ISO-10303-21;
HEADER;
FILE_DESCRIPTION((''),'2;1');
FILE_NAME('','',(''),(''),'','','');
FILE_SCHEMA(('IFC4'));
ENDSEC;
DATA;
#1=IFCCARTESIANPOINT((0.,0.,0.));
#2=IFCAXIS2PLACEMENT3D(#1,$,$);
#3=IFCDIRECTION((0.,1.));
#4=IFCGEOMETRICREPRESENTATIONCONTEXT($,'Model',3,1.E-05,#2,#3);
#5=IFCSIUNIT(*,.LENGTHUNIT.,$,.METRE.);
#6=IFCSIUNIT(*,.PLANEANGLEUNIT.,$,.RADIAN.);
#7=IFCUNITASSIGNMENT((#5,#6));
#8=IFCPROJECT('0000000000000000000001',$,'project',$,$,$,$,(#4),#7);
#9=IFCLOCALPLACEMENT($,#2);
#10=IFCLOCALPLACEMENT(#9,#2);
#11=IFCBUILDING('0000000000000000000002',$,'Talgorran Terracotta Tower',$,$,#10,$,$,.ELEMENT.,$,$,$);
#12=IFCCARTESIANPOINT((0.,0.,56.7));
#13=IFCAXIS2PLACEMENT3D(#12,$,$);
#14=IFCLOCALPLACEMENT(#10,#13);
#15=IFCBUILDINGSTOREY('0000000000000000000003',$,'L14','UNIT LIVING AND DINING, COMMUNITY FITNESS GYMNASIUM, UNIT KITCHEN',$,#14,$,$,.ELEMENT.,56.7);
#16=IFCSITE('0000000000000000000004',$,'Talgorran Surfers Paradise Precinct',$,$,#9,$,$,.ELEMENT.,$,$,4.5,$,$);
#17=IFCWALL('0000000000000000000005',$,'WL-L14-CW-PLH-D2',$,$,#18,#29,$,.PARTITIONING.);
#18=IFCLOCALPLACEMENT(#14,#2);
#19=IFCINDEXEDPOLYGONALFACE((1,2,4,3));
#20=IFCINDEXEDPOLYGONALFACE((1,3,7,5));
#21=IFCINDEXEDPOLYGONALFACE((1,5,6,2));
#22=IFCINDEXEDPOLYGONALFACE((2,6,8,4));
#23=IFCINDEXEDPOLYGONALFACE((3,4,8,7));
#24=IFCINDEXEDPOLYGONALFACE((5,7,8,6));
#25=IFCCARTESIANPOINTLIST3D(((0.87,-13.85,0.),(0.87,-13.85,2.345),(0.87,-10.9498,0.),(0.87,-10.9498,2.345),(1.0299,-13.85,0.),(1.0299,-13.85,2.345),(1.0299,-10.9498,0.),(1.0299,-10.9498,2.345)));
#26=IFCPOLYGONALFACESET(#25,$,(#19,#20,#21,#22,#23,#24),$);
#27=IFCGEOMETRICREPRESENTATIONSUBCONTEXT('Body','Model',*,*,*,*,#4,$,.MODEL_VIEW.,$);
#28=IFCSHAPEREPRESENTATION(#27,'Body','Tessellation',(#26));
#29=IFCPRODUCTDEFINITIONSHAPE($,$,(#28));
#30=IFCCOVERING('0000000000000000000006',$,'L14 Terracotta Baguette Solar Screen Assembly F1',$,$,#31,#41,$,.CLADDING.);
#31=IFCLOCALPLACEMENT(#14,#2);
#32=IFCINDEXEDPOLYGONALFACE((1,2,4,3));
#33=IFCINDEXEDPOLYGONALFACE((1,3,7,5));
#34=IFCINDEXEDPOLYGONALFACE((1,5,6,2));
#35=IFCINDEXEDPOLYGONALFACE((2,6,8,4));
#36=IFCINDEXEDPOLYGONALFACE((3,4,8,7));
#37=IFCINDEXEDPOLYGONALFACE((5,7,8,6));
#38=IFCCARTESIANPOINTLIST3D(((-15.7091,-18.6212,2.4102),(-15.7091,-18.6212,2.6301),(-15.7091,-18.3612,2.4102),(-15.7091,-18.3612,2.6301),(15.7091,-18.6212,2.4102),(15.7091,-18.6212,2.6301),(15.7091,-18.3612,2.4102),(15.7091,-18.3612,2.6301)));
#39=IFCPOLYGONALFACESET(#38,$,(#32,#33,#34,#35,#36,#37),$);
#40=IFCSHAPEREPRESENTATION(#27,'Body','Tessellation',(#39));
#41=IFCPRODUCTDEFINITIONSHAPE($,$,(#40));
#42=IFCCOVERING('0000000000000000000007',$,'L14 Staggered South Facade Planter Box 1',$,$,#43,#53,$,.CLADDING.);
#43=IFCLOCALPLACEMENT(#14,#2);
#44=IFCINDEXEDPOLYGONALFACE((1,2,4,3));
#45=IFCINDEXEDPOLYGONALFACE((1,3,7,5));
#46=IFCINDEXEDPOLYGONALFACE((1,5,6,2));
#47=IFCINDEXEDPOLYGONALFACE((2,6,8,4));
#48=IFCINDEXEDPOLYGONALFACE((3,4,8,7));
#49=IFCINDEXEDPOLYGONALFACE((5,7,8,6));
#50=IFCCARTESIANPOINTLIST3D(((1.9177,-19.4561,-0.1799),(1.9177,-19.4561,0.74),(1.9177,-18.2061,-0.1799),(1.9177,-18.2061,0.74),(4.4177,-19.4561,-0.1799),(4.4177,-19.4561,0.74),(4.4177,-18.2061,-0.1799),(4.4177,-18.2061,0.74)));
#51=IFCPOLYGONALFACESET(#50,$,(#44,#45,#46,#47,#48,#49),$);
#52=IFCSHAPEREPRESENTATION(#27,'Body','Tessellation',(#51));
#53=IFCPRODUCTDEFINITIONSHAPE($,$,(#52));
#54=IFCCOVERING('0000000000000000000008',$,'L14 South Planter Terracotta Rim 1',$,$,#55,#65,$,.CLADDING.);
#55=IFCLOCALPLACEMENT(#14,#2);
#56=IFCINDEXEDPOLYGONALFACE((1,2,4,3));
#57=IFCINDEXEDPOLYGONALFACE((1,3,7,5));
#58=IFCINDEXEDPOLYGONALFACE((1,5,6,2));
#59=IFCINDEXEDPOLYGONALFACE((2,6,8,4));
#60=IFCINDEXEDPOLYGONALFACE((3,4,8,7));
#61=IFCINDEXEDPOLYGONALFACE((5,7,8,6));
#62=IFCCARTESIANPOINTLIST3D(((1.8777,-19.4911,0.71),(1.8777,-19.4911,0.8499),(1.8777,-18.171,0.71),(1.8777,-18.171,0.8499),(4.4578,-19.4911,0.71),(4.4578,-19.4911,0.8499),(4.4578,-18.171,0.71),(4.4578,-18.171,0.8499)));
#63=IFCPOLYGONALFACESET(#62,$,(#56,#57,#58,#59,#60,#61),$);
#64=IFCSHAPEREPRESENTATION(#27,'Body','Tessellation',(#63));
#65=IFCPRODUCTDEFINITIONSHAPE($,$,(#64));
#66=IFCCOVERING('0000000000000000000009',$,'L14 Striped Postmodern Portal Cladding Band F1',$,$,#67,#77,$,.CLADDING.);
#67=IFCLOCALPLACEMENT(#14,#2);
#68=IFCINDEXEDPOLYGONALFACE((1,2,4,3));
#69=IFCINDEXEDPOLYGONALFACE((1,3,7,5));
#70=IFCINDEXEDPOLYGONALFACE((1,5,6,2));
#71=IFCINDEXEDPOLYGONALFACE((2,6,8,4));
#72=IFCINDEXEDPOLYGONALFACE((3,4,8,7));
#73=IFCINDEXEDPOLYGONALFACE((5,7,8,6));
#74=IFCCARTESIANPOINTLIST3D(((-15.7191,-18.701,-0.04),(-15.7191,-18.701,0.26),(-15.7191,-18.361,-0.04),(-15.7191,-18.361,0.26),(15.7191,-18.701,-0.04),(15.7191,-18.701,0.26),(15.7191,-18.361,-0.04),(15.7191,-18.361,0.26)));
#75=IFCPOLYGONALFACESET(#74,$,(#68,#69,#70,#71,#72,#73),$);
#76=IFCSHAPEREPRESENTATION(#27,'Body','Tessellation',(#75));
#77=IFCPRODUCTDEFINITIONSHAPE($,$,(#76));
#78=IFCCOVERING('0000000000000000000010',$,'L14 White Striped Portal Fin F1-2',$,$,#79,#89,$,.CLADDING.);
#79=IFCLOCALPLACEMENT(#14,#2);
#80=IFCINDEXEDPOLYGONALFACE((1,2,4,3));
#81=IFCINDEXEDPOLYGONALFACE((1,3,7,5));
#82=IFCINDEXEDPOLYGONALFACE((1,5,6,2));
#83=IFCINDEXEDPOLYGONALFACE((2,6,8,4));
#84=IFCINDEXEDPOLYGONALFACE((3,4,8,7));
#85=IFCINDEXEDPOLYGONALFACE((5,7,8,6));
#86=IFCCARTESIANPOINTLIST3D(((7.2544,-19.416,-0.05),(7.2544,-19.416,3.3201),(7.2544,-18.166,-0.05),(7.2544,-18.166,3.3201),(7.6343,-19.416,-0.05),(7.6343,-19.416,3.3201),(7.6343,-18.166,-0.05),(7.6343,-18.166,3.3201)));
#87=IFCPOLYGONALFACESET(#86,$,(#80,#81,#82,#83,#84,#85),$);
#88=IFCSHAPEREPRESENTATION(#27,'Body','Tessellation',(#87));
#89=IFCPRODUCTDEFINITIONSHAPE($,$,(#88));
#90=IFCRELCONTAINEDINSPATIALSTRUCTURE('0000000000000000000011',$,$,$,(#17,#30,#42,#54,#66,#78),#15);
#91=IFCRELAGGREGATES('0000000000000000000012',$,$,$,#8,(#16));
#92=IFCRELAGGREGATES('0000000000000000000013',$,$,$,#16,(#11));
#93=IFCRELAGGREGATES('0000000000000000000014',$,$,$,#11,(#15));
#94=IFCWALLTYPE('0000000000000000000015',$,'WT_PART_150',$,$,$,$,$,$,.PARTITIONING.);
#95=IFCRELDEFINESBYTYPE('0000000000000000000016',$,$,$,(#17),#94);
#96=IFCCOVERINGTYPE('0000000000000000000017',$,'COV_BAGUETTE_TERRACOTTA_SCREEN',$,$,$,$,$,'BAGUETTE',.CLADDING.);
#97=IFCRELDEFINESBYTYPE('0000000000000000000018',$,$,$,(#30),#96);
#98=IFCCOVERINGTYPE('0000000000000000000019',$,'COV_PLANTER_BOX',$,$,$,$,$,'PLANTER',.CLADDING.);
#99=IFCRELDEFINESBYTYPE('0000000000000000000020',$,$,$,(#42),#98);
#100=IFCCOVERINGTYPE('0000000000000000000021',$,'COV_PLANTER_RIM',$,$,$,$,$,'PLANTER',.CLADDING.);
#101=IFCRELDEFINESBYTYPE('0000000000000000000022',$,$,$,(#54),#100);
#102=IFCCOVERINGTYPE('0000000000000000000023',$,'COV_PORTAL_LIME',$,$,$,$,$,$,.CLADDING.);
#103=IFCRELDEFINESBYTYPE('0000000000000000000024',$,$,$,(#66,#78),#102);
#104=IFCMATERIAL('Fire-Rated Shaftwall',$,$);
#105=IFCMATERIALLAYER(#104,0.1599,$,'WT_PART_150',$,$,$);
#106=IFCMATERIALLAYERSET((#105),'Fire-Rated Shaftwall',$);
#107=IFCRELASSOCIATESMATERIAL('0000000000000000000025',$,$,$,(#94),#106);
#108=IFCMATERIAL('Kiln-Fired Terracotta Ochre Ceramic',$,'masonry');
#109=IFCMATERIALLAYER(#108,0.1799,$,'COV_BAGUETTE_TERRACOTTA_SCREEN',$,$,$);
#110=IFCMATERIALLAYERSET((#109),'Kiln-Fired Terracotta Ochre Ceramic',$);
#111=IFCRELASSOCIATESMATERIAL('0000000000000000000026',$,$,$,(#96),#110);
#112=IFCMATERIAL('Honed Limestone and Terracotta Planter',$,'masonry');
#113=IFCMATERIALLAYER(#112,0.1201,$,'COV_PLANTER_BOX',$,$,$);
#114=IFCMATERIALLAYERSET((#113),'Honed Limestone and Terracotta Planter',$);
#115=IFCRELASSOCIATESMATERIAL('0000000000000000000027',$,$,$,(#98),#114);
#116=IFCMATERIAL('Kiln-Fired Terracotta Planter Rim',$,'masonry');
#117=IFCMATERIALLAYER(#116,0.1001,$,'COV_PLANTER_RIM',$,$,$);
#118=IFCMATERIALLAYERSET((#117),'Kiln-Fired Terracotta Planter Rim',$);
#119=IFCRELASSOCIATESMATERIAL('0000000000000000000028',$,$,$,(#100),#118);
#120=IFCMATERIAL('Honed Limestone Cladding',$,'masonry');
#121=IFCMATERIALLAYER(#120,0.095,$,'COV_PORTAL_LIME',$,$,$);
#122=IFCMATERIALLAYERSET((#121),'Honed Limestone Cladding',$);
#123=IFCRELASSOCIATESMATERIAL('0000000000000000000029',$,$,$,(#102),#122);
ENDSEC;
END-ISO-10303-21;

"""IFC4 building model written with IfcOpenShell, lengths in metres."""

from ifc_helpers import new_model, si_unit, direction, frame, frame_2d, origin, origin_2d, place, context, subcontext, project, spatial, rectangle, extrude, material, layer, layer_set, type_object, element, save


model = new_model("IFC4")

# Units and contexts
model_context = context("Model", 3, precision=1e-05, world=origin(), true_north=direction((0.0, 1.0)))
body_context = subcontext(model_context, "Body", "Model", "MODEL_VIEW")
ifc_project = project(units=[si_unit("LENGTHUNIT", "METRE"), si_unit("PLANEANGLEUNIT", "RADIAN")], contexts=[model_context])

# Site, building, storey
site_placement = place(None, origin())
site = spatial("IfcSite", under=ifc_project, at=site_placement, Name="Talgorran Surfers Paradise Precinct", CompositionType="ELEMENT", RefElevation=4.5)
building_placement = place(site_placement, origin())
building = spatial("IfcBuilding", under=site, at=building_placement, Name="Talgorran Terracotta Tower", CompositionType="ELEMENT")
storey_placement = place(building_placement, frame((0.0, 0.0, 56.7)))
storey = spatial("IfcBuildingStorey", under=building, at=storey_placement, Name="L14", Description="UNIT LIVING AND DINING, COMMUNITY FITNESS GYMNASIUM, UNIT KITCHEN", CompositionType="ELEMENT", Elevation=56.7)

# Wall
ifc_material_1 = material(Name="Fire-Rated Shaftwall")
ifc_layer_1 = layer(ifc_material_1, 0.1599, Name="WT_PART_150")
ifc_layer_set_1 = layer_set([ifc_layer_1], Name="Fire-Rated Shaftwall")
wall_type_1 = type_object("IfcWallType", Name="WT_PART_150", PredefinedType="PARTITIONING", material=ifc_layer_set_1)
for number, where, z_axis, x_axis, name in (
    (1, (0.95, -13.8501, 0.0), (0.0, 0.0, 1.0), (0.0, 1.0, 0.0), "WL-L14-CW-PLH-D2"),
):
    element("IfcWall", number, at=place(storey_placement, frame(where, z_axis=z_axis, x_axis=x_axis)), inside=storey, type_object=wall_type_1, Name=name, PredefinedType="PARTITIONING", context=body_context, shape_type="SweptSolid", body=[
        extrude(rectangle(XDim=2.9001, YDim=0.1599, at=frame_2d((1.4502, 0.0))), origin(), (0.0, 0.0, 1.0), 2.345),
    ])

# Coverings
ifc_material_2 = material(Name="Kiln-Fired Terracotta Ochre Ceramic", Category="masonry")
ifc_layer_2 = layer(ifc_material_2, 0.1799, Name="COV_BAGUETTE_TERRACOTTA_SCREEN")
ifc_layer_set_2 = layer_set([ifc_layer_2], Name="Kiln-Fired Terracotta Ochre Ceramic")
covering_type_1 = type_object("IfcCoveringType", Name="COV_BAGUETTE_TERRACOTTA_SCREEN", ElementType="BAGUETTE", PredefinedType="CLADDING", material=ifc_layer_set_2)
covering_1_placement = place(storey_placement, frame((0.0, -18.4912, 2.4102), z_axis=(0.0, 0.0, 1.0), x_axis=(1.0, 0.0, 0.0)))
element("IfcCovering", 2, at=covering_1_placement, inside=storey, type_object=covering_type_1, Name="L14 Terracotta Baguette Solar Screen Assembly F1", PredefinedType="CLADDING", context=body_context, shape_type="SweptSolid", body=[
    extrude(rectangle(XDim=31.4182, YDim=0.26, at=origin_2d()), origin(), (0.0, 0.0, 1.0), 0.22),
])
ifc_material_3 = material(Name="Honed Limestone and Terracotta Planter", Category="masonry")
ifc_layer_3 = layer(ifc_material_3, 0.1201, Name="COV_PLANTER_BOX")
ifc_layer_set_3 = layer_set([ifc_layer_3], Name="Honed Limestone and Terracotta Planter")
covering_type_2 = type_object("IfcCoveringType", Name="COV_PLANTER_BOX", ElementType="PLANTER", PredefinedType="CLADDING", material=ifc_layer_set_3)
covering_2_placement = place(storey_placement, frame((3.1677, -18.8311, -0.1799), z_axis=(0.0, 0.0, 1.0), x_axis=(1.0, 0.0, 0.0)))
element("IfcCovering", 3, at=covering_2_placement, inside=storey, type_object=covering_type_2, Name="L14 Staggered South Facade Planter Box 1", PredefinedType="CLADDING", context=body_context, shape_type="SweptSolid", body=[
    extrude(rectangle(XDim=2.5, YDim=1.25, at=origin_2d()), origin(), (0.0, 0.0, 1.0), 0.9199),
])
ifc_material_4 = material(Name="Kiln-Fired Terracotta Planter Rim", Category="masonry")
ifc_layer_4 = layer(ifc_material_4, 0.1001, Name="COV_PLANTER_RIM")
ifc_layer_set_4 = layer_set([ifc_layer_4], Name="Kiln-Fired Terracotta Planter Rim")
covering_type_3 = type_object("IfcCoveringType", Name="COV_PLANTER_RIM", ElementType="PLANTER", PredefinedType="CLADDING", material=ifc_layer_set_4)
covering_3_placement = place(storey_placement, frame((3.1677, -18.8311, 0.71), z_axis=(0.0, 0.0, 1.0), x_axis=(1.0, 0.0, 0.0)))
element("IfcCovering", 4, at=covering_3_placement, inside=storey, type_object=covering_type_3, Name="L14 South Planter Terracotta Rim 1", PredefinedType="CLADDING", context=body_context, shape_type="SweptSolid", body=[
    extrude(rectangle(XDim=2.5801, YDim=1.3201, at=origin_2d()), origin(), (0.0, 0.0, 1.0), 0.1399),
])
ifc_material_5 = material(Name="Honed Limestone Cladding", Category="masonry")
ifc_layer_5 = layer(ifc_material_5, 0.095, Name="COV_PORTAL_LIME")
ifc_layer_set_5 = layer_set([ifc_layer_5], Name="Honed Limestone Cladding")
covering_type_4 = type_object("IfcCoveringType", Name="COV_PORTAL_LIME", PredefinedType="CLADDING", material=ifc_layer_set_5)
covering_4_placement = place(storey_placement, frame((0.0, -18.531, -0.04), z_axis=(0.0, 0.0, 1.0), x_axis=(1.0, 0.0, 0.0)))
element("IfcCovering", 5, at=covering_4_placement, inside=storey, type_object=covering_type_4, Name="L14 Striped Postmodern Portal Cladding Band F1", PredefinedType="CLADDING", context=body_context, shape_type="SweptSolid", body=[
    extrude(rectangle(XDim=31.4382, YDim=0.3401, at=origin_2d()), origin(), (0.0, 0.0, 1.0), 0.3),
])
covering_5_placement = place(storey_placement, frame((7.4443, -18.791, -0.05), z_axis=(0.0, 0.0, 1.0), x_axis=(1.0, 0.0, 0.0)))
element("IfcCovering", 6, at=covering_5_placement, inside=storey, type_object=covering_type_4, Name="L14 White Striped Portal Fin F1-2", PredefinedType="CLADDING", context=body_context, shape_type="SweptSolid", body=[
    extrude(rectangle(XDim=0.3799, YDim=1.25, at=origin_2d()), origin(), (0.0, 0.0, 1.0), 3.3701),
])

save(model, "model.ifc")
